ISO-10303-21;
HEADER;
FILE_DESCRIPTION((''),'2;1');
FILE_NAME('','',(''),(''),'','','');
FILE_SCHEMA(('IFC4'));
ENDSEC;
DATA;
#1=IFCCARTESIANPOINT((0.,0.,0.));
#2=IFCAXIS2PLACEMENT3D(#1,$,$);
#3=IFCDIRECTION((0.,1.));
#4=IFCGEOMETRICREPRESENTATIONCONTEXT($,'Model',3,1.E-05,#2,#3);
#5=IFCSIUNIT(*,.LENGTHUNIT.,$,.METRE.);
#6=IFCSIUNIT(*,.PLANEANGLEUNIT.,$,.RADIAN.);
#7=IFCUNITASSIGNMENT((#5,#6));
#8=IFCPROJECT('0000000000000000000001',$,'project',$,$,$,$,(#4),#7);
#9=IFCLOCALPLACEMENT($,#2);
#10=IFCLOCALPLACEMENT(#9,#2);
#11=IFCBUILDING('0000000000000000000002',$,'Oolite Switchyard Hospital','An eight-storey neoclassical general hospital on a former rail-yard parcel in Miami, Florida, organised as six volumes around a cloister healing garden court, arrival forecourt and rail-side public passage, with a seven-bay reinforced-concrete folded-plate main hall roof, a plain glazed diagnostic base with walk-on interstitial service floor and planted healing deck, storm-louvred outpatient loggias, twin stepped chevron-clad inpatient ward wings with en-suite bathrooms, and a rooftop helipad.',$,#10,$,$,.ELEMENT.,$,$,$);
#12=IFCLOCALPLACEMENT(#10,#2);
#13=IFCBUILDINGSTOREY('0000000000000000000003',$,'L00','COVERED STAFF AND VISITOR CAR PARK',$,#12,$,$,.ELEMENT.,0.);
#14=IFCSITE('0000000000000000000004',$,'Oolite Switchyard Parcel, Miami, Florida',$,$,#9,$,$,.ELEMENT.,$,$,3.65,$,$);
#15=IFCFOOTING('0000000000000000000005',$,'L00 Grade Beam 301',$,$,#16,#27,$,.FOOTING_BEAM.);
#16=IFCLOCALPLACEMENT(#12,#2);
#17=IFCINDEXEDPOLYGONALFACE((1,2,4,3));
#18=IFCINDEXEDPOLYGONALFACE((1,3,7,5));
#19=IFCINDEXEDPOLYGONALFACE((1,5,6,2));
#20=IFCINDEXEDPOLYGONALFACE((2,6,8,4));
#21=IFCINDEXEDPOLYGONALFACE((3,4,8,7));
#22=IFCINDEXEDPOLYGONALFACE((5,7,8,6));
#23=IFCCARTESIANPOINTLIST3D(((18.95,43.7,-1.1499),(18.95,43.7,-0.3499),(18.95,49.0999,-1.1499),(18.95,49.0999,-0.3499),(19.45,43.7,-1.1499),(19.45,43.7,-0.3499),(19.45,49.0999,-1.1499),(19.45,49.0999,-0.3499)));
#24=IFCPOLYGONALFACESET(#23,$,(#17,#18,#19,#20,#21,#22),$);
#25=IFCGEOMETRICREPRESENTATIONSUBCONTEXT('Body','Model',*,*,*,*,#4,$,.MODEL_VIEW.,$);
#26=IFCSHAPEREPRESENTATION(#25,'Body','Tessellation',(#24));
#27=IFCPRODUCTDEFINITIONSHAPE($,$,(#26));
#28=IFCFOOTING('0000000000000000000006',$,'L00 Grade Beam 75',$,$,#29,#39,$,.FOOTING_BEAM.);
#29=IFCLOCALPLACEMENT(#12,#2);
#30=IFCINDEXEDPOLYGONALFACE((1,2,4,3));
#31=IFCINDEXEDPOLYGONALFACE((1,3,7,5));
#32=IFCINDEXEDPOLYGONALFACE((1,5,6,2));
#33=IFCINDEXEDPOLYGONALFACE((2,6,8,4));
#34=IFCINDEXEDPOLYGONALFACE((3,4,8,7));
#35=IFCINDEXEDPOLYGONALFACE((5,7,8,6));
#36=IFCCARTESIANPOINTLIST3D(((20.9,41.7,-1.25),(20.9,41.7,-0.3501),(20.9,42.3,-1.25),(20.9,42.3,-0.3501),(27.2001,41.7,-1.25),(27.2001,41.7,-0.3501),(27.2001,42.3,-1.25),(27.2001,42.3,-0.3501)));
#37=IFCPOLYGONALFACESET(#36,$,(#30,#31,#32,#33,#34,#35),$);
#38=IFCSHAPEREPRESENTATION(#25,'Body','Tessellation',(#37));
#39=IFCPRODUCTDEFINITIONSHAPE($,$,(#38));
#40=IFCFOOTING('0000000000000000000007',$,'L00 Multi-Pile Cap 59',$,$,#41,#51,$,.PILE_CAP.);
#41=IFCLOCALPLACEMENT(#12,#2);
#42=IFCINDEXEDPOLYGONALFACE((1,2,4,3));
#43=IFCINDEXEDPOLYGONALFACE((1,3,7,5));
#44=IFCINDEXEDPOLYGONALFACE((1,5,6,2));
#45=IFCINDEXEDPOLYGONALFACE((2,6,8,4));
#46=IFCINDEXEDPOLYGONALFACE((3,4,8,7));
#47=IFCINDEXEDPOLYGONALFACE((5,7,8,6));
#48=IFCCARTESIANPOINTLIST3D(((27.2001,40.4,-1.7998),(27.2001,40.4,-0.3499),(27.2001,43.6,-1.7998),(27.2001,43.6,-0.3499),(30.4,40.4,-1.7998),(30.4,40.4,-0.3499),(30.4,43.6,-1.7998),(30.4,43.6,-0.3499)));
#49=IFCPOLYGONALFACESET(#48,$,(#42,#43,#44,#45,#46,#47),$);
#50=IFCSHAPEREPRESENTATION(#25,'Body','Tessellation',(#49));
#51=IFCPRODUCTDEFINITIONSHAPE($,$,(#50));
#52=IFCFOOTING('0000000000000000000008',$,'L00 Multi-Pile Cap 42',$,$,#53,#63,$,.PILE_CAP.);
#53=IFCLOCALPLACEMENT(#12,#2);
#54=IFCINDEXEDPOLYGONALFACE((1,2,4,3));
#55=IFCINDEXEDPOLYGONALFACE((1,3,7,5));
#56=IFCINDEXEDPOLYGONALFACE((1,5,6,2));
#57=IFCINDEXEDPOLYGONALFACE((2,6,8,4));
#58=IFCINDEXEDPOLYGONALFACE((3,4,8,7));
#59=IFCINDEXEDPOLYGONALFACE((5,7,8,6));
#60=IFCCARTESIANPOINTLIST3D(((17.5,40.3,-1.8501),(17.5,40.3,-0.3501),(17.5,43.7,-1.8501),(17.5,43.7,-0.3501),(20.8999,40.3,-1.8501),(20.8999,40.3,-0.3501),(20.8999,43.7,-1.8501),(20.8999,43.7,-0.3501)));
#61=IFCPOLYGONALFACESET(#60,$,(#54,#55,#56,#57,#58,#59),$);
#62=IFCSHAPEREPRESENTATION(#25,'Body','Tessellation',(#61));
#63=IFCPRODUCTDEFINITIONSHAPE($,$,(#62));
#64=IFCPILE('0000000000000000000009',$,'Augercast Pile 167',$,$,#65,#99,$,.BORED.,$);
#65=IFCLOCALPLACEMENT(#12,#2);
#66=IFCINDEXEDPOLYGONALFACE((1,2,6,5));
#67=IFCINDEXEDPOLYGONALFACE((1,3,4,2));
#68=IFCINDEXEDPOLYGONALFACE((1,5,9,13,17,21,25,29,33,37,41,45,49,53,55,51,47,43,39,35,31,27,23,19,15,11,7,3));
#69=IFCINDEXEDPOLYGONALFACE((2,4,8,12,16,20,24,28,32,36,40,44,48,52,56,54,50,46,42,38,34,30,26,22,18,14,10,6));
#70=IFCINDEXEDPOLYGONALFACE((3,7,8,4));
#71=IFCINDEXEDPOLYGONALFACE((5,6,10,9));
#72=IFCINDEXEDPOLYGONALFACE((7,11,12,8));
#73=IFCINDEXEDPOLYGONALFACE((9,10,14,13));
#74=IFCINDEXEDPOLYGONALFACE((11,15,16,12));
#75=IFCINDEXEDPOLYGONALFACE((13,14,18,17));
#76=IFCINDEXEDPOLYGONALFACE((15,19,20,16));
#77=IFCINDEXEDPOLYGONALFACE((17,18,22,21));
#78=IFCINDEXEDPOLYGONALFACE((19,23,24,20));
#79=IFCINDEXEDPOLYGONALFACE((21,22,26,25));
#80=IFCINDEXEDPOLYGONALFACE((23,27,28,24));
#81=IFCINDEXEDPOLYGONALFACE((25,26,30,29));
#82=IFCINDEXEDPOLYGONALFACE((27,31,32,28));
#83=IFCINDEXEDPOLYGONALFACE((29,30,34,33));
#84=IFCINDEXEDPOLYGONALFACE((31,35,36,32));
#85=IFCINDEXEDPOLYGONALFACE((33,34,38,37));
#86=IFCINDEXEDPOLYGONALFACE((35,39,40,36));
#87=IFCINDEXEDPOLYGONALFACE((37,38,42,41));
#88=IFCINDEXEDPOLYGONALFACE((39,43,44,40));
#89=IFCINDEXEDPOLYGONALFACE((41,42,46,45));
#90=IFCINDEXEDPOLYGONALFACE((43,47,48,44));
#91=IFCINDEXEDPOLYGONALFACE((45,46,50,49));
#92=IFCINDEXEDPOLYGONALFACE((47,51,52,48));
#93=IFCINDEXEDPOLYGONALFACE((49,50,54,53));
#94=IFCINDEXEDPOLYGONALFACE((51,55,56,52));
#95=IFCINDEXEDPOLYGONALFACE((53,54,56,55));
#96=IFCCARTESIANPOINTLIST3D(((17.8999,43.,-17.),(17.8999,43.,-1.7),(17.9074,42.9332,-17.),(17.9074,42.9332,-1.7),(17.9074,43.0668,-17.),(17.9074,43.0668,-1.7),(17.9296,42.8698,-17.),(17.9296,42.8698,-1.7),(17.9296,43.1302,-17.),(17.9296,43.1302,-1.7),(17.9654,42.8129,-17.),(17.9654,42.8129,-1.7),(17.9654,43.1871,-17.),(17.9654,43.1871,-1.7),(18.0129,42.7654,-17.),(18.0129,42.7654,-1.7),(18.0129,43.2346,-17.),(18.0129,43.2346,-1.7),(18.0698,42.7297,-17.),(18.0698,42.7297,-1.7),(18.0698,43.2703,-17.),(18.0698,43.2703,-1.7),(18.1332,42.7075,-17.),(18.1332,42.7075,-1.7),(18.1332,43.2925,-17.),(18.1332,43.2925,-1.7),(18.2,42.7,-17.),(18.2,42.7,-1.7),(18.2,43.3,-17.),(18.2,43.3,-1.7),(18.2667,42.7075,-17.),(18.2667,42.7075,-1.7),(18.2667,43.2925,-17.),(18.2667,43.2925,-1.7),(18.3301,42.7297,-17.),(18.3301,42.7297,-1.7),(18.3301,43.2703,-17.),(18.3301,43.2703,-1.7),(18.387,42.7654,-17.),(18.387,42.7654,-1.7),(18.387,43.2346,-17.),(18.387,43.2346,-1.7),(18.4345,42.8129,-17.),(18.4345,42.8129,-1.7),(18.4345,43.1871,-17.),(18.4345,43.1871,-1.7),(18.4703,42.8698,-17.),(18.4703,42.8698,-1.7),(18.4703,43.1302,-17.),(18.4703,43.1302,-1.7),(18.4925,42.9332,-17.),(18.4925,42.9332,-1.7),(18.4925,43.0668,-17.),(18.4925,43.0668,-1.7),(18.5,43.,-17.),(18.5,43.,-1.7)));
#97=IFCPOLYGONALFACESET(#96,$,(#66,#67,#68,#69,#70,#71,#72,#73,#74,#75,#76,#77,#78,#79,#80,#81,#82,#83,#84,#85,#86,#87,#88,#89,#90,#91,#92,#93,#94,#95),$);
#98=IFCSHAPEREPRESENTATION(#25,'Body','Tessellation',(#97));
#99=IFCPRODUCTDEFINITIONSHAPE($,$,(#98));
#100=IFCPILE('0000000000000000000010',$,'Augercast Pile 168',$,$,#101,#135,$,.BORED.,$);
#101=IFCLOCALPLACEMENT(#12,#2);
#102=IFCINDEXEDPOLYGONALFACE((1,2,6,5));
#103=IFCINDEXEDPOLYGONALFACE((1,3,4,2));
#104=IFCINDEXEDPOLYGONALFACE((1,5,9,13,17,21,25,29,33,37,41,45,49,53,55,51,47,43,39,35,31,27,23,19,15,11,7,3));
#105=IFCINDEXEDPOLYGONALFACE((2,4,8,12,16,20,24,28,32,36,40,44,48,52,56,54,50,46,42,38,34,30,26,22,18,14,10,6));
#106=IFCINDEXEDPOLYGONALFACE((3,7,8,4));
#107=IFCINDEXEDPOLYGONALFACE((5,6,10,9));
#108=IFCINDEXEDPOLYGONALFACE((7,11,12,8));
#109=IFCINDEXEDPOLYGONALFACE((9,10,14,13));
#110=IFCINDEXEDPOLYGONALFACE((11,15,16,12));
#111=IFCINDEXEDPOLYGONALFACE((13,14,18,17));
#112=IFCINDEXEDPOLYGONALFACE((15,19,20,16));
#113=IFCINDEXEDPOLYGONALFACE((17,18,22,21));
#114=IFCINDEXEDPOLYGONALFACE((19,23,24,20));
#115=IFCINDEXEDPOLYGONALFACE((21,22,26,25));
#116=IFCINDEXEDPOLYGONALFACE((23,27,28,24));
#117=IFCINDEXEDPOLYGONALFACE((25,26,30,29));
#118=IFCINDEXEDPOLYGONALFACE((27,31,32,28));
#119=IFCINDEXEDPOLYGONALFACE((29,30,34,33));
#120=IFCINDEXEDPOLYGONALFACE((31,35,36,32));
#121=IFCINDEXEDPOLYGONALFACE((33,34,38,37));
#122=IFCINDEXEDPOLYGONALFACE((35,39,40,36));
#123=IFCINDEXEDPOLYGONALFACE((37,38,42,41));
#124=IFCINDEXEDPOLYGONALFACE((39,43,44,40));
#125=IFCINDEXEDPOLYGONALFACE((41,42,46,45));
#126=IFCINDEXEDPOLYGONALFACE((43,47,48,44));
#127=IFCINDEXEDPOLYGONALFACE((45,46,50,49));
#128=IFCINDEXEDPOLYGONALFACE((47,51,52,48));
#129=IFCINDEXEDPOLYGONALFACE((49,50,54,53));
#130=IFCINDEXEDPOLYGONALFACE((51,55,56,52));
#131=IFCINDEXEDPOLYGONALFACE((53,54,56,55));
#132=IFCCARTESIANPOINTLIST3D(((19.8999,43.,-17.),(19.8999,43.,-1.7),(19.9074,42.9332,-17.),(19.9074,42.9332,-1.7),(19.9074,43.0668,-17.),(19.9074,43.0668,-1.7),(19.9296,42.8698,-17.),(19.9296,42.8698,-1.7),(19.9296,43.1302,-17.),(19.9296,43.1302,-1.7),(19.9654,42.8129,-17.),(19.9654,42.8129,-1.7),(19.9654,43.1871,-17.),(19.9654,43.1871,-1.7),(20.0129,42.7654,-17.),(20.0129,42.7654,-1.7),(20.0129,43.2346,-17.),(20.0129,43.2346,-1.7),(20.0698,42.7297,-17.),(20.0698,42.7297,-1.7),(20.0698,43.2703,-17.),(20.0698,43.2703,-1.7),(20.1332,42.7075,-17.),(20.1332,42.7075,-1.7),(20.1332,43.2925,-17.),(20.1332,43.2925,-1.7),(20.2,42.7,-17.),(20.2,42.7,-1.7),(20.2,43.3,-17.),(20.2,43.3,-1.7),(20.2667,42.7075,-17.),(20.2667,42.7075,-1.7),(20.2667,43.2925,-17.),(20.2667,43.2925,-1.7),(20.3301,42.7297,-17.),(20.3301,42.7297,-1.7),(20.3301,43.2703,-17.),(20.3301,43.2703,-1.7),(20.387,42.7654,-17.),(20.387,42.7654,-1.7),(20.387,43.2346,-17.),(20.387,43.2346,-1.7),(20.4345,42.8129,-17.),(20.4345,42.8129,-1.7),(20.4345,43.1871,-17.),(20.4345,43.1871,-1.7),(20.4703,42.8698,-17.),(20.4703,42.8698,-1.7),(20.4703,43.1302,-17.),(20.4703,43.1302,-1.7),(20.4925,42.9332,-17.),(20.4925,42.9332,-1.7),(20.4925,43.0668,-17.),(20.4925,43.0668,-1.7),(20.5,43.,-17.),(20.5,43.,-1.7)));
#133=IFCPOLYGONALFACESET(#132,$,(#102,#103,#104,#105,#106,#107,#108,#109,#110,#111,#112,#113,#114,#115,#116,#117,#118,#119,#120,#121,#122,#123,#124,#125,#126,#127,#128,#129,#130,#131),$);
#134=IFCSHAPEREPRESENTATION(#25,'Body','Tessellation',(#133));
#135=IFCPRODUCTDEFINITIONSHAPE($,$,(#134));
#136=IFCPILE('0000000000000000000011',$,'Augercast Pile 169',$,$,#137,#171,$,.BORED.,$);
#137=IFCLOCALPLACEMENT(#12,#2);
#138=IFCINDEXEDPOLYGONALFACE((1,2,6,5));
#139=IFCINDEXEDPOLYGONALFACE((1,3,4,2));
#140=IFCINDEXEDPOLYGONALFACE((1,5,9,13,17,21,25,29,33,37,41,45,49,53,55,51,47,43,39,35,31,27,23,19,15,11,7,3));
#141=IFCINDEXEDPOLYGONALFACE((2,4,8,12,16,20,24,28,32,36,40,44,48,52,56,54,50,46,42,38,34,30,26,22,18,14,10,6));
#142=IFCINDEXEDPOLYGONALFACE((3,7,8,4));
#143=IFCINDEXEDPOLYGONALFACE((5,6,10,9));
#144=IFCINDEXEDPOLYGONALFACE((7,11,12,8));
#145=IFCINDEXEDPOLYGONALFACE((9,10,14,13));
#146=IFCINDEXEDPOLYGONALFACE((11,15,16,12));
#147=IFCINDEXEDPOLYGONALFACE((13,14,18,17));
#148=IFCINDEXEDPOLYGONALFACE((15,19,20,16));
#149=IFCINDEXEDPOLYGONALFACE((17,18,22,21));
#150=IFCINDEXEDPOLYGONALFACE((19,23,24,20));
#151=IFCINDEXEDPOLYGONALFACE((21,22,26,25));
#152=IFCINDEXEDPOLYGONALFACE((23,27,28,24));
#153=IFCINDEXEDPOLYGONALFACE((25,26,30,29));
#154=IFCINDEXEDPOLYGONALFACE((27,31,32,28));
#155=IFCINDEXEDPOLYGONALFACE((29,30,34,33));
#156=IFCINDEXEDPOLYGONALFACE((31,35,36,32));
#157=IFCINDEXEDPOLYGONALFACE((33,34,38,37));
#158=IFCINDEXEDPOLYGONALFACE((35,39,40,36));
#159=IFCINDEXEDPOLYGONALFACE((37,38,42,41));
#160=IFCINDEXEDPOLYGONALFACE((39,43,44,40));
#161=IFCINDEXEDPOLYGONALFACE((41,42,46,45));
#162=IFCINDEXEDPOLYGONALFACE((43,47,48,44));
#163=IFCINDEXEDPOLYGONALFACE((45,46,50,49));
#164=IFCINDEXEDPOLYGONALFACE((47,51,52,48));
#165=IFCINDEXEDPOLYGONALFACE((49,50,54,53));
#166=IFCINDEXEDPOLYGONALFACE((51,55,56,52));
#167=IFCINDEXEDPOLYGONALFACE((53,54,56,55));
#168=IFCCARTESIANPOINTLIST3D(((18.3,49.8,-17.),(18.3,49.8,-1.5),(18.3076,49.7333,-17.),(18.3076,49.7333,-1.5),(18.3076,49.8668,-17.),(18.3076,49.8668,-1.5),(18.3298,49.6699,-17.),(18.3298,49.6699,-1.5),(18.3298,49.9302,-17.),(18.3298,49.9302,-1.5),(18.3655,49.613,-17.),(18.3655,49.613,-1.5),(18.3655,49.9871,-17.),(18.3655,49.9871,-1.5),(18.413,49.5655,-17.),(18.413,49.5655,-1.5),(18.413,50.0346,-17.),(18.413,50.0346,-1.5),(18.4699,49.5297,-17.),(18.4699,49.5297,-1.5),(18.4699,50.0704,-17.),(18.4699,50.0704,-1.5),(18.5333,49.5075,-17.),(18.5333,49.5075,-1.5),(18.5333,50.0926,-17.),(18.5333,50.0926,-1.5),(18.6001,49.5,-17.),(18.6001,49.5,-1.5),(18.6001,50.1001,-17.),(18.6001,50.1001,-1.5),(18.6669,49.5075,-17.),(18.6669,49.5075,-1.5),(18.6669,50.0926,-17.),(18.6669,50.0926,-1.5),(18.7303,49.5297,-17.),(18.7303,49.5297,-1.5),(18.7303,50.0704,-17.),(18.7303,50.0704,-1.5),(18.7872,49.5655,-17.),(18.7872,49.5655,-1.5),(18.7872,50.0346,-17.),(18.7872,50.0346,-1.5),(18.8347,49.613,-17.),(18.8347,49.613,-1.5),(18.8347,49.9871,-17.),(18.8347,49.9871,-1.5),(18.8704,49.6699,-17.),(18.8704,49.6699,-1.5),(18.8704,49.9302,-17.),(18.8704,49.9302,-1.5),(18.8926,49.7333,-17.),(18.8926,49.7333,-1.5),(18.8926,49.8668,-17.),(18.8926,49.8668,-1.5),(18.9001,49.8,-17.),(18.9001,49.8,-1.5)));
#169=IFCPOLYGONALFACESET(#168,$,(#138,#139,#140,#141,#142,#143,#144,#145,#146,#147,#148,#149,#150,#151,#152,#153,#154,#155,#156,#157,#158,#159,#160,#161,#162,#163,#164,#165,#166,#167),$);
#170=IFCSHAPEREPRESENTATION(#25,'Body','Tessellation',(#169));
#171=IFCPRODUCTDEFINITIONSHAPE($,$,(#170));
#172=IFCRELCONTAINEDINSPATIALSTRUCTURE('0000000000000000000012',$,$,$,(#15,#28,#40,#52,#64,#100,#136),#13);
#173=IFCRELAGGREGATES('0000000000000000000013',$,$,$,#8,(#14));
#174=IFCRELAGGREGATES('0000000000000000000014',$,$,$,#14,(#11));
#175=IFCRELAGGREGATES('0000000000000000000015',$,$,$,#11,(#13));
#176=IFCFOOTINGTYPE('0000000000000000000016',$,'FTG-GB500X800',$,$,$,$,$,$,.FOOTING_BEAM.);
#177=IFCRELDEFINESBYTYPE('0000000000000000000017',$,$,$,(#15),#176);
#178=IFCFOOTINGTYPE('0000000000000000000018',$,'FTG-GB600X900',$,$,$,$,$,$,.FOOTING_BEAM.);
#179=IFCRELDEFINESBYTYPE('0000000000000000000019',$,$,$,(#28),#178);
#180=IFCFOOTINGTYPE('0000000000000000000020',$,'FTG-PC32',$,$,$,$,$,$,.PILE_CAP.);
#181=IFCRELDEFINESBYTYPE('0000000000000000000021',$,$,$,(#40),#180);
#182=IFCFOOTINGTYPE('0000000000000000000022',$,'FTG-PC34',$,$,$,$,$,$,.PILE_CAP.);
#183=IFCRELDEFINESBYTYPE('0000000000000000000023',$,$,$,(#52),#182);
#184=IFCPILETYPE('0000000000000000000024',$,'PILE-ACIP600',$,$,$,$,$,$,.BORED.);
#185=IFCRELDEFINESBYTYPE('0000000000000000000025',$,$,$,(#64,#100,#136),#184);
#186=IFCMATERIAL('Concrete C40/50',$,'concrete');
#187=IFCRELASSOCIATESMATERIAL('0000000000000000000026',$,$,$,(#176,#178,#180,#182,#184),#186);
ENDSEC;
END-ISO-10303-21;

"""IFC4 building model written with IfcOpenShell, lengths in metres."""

from ifc_helpers import new_model, si_unit, direction, frame, origin, origin_2d, place, context, subcontext, project, spatial, rectangle, circle, extrude, material, material_profile, profile_set, type_object, element, save


model = new_model("IFC4")

# Units and contexts
model_context = context("Model", 3, precision=1e-05, world=origin(), true_north=direction((0.0, 1.0)))
body_context = subcontext(model_context, "Body", "Model", "MODEL_VIEW")
ifc_project = project(units=[si_unit("LENGTHUNIT", "METRE"), si_unit("PLANEANGLEUNIT", "RADIAN")], contexts=[model_context])

# Site, building, storey
site_placement = place(None, origin())
site = spatial("IfcSite", under=ifc_project, at=site_placement, Name="Oolite Switchyard Parcel, Miami, Florida", CompositionType="ELEMENT", RefElevation=3.65)
building_placement = place(site_placement, origin())
building = spatial("IfcBuilding", under=site, at=building_placement, Name="Oolite Switchyard Hospital", Description="An eight-storey neoclassical general hospital on a former rail-yard parcel in Miami, Florida, organised as six volumes around a cloister healing garden court, arrival forecourt and rail-side public passage, with a seven-bay reinforced-concrete folded-plate main hall roof, a plain glazed diagnostic base with walk-on interstitial service floor and planted healing deck, storm-louvred outpatient loggias, twin stepped chevron-clad inpatient ward wings with en-suite bathrooms, and a rooftop helipad.", CompositionType="ELEMENT")
storey_placement = place(building_placement, origin())
storey = spatial("IfcBuildingStorey", under=building, at=storey_placement, Name="L00", Description="COVERED STAFF AND VISITOR CAR PARK", CompositionType="ELEMENT", Elevation=0.0)

# Footings
ifc_material_1 = material(Name="Concrete C40/50", Category="concrete")
footing_type_1 = type_object("IfcFootingType", Name="FTG-GB500X800", PredefinedType="FOOTING_BEAM", material=ifc_material_1)
footing_1_placement = place(storey_placement, frame((19.2, 46.3999, -1.1499), z_axis=(0.0, 0.0, 1.0), x_axis=(0.0, 1.0, 0.0)))
element("IfcFooting", 1, at=footing_1_placement, inside=storey, type_object=footing_type_1, Name="L00 Grade Beam 301", PredefinedType="FOOTING_BEAM", context=body_context, shape_type="SweptSolid", body=[
    extrude(rectangle(XDim=5.3999, YDim=0.5, at=origin_2d()), origin(), (0.0, 0.0, 1.0), 0.8),
])
footing_type_2 = type_object("IfcFootingType", Name="FTG-GB600X900", PredefinedType="FOOTING_BEAM", material=ifc_material_1)
footing_2_placement = place(storey_placement, frame((24.05, 42.0, -1.25), z_axis=(0.0, 0.0, 1.0), x_axis=(1.0, 0.0, 0.0)))
element("IfcFooting", 2, at=footing_2_placement, inside=storey, type_object=footing_type_2, Name="L00 Grade Beam 75", PredefinedType="FOOTING_BEAM", context=body_context, shape_type="SweptSolid", body=[
    extrude(rectangle(XDim=6.3, YDim=0.6001, at=origin_2d()), origin(), (0.0, 0.0, 1.0), 0.8999),
])
footing_type_3 = type_object("IfcFootingType", Name="FTG-PC32", PredefinedType="PILE_CAP", material=ifc_material_1)
footing_3_placement = place(storey_placement, frame((28.8, 42.0, -1.7998), z_axis=(0.0, 0.0, 1.0), x_axis=(1.0, 0.0, 0.0)))
element("IfcFooting", 3, at=footing_3_placement, inside=storey, type_object=footing_type_3, Name="L00 Multi-Pile Cap 59", PredefinedType="PILE_CAP", context=body_context, shape_type="SweptSolid", body=[
    extrude(rectangle(XDim=3.2, YDim=3.2, at=origin_2d()), origin(), (0.0, 0.0, 1.0), 1.45),
])
footing_type_4 = type_object("IfcFootingType", Name="FTG-PC34", PredefinedType="PILE_CAP", material=ifc_material_1)
footing_4_placement = place(storey_placement, frame((19.2, 42.0, -1.8501), z_axis=(0.0, 0.0, 1.0), x_axis=(1.0, 0.0, 0.0)))
element("IfcFooting", 4, at=footing_4_placement, inside=storey, type_object=footing_type_4, Name="L00 Multi-Pile Cap 42", PredefinedType="PILE_CAP", context=body_context, shape_type="SweptSolid", body=[
    extrude(rectangle(XDim=3.3999, YDim=3.3999, at=origin_2d()), origin(), (0.0, 0.0, 1.0), 1.5),
])

# Piles
ifc_material_profile_1 = material_profile(ifc_material_1, circle(Radius=0.3, at=origin_2d()), Name="PILE600")
ifc_profile_set_1 = profile_set([ifc_material_profile_1], Name="Concrete C40/50")
pile_type = type_object("IfcPileType", Name="PILE-ACIP600", PredefinedType="BORED", material=ifc_profile_set_1)
for number, where, z_axis, x_axis, name in (
    (5, (18.2, 43.0, -1.7), (0.0, 0.0, -1.0), (1.0, 0.0, 0.0), "Augercast Pile 167"),
    (6, (20.2, 43.0, -1.7), (0.0, 0.0, -1.0), (1.0, 0.0, 0.0), "Augercast Pile 168"),
):
    element("IfcPile", number, at=place(storey_placement, frame(where, z_axis=z_axis, x_axis=x_axis)), inside=storey, type_object=pile_type, Name=name, PredefinedType="BORED", context=body_context, shape_type="SweptSolid", body=[
        extrude(circle(Radius=0.3, at=origin_2d()), origin(), (0.0, 0.0, 1.0), 15.3),
    ])
for number, where, z_axis, x_axis, name in (
    (7, (18.6001, 49.8, -1.5), (0.0, 0.0, -1.0), (1.0, 0.0, 0.0), "Augercast Pile 169"),
):
    element("IfcPile", number, at=place(storey_placement, frame(where, z_axis=z_axis, x_axis=x_axis)), inside=storey, type_object=pile_type, Name=name, PredefinedType="BORED", context=body_context, shape_type="SweptSolid", body=[
        extrude(circle(Radius=0.3, at=origin_2d()), origin(), (0.0, 0.0, 1.0), 15.5),
    ])

save(model, "model.ifc")
